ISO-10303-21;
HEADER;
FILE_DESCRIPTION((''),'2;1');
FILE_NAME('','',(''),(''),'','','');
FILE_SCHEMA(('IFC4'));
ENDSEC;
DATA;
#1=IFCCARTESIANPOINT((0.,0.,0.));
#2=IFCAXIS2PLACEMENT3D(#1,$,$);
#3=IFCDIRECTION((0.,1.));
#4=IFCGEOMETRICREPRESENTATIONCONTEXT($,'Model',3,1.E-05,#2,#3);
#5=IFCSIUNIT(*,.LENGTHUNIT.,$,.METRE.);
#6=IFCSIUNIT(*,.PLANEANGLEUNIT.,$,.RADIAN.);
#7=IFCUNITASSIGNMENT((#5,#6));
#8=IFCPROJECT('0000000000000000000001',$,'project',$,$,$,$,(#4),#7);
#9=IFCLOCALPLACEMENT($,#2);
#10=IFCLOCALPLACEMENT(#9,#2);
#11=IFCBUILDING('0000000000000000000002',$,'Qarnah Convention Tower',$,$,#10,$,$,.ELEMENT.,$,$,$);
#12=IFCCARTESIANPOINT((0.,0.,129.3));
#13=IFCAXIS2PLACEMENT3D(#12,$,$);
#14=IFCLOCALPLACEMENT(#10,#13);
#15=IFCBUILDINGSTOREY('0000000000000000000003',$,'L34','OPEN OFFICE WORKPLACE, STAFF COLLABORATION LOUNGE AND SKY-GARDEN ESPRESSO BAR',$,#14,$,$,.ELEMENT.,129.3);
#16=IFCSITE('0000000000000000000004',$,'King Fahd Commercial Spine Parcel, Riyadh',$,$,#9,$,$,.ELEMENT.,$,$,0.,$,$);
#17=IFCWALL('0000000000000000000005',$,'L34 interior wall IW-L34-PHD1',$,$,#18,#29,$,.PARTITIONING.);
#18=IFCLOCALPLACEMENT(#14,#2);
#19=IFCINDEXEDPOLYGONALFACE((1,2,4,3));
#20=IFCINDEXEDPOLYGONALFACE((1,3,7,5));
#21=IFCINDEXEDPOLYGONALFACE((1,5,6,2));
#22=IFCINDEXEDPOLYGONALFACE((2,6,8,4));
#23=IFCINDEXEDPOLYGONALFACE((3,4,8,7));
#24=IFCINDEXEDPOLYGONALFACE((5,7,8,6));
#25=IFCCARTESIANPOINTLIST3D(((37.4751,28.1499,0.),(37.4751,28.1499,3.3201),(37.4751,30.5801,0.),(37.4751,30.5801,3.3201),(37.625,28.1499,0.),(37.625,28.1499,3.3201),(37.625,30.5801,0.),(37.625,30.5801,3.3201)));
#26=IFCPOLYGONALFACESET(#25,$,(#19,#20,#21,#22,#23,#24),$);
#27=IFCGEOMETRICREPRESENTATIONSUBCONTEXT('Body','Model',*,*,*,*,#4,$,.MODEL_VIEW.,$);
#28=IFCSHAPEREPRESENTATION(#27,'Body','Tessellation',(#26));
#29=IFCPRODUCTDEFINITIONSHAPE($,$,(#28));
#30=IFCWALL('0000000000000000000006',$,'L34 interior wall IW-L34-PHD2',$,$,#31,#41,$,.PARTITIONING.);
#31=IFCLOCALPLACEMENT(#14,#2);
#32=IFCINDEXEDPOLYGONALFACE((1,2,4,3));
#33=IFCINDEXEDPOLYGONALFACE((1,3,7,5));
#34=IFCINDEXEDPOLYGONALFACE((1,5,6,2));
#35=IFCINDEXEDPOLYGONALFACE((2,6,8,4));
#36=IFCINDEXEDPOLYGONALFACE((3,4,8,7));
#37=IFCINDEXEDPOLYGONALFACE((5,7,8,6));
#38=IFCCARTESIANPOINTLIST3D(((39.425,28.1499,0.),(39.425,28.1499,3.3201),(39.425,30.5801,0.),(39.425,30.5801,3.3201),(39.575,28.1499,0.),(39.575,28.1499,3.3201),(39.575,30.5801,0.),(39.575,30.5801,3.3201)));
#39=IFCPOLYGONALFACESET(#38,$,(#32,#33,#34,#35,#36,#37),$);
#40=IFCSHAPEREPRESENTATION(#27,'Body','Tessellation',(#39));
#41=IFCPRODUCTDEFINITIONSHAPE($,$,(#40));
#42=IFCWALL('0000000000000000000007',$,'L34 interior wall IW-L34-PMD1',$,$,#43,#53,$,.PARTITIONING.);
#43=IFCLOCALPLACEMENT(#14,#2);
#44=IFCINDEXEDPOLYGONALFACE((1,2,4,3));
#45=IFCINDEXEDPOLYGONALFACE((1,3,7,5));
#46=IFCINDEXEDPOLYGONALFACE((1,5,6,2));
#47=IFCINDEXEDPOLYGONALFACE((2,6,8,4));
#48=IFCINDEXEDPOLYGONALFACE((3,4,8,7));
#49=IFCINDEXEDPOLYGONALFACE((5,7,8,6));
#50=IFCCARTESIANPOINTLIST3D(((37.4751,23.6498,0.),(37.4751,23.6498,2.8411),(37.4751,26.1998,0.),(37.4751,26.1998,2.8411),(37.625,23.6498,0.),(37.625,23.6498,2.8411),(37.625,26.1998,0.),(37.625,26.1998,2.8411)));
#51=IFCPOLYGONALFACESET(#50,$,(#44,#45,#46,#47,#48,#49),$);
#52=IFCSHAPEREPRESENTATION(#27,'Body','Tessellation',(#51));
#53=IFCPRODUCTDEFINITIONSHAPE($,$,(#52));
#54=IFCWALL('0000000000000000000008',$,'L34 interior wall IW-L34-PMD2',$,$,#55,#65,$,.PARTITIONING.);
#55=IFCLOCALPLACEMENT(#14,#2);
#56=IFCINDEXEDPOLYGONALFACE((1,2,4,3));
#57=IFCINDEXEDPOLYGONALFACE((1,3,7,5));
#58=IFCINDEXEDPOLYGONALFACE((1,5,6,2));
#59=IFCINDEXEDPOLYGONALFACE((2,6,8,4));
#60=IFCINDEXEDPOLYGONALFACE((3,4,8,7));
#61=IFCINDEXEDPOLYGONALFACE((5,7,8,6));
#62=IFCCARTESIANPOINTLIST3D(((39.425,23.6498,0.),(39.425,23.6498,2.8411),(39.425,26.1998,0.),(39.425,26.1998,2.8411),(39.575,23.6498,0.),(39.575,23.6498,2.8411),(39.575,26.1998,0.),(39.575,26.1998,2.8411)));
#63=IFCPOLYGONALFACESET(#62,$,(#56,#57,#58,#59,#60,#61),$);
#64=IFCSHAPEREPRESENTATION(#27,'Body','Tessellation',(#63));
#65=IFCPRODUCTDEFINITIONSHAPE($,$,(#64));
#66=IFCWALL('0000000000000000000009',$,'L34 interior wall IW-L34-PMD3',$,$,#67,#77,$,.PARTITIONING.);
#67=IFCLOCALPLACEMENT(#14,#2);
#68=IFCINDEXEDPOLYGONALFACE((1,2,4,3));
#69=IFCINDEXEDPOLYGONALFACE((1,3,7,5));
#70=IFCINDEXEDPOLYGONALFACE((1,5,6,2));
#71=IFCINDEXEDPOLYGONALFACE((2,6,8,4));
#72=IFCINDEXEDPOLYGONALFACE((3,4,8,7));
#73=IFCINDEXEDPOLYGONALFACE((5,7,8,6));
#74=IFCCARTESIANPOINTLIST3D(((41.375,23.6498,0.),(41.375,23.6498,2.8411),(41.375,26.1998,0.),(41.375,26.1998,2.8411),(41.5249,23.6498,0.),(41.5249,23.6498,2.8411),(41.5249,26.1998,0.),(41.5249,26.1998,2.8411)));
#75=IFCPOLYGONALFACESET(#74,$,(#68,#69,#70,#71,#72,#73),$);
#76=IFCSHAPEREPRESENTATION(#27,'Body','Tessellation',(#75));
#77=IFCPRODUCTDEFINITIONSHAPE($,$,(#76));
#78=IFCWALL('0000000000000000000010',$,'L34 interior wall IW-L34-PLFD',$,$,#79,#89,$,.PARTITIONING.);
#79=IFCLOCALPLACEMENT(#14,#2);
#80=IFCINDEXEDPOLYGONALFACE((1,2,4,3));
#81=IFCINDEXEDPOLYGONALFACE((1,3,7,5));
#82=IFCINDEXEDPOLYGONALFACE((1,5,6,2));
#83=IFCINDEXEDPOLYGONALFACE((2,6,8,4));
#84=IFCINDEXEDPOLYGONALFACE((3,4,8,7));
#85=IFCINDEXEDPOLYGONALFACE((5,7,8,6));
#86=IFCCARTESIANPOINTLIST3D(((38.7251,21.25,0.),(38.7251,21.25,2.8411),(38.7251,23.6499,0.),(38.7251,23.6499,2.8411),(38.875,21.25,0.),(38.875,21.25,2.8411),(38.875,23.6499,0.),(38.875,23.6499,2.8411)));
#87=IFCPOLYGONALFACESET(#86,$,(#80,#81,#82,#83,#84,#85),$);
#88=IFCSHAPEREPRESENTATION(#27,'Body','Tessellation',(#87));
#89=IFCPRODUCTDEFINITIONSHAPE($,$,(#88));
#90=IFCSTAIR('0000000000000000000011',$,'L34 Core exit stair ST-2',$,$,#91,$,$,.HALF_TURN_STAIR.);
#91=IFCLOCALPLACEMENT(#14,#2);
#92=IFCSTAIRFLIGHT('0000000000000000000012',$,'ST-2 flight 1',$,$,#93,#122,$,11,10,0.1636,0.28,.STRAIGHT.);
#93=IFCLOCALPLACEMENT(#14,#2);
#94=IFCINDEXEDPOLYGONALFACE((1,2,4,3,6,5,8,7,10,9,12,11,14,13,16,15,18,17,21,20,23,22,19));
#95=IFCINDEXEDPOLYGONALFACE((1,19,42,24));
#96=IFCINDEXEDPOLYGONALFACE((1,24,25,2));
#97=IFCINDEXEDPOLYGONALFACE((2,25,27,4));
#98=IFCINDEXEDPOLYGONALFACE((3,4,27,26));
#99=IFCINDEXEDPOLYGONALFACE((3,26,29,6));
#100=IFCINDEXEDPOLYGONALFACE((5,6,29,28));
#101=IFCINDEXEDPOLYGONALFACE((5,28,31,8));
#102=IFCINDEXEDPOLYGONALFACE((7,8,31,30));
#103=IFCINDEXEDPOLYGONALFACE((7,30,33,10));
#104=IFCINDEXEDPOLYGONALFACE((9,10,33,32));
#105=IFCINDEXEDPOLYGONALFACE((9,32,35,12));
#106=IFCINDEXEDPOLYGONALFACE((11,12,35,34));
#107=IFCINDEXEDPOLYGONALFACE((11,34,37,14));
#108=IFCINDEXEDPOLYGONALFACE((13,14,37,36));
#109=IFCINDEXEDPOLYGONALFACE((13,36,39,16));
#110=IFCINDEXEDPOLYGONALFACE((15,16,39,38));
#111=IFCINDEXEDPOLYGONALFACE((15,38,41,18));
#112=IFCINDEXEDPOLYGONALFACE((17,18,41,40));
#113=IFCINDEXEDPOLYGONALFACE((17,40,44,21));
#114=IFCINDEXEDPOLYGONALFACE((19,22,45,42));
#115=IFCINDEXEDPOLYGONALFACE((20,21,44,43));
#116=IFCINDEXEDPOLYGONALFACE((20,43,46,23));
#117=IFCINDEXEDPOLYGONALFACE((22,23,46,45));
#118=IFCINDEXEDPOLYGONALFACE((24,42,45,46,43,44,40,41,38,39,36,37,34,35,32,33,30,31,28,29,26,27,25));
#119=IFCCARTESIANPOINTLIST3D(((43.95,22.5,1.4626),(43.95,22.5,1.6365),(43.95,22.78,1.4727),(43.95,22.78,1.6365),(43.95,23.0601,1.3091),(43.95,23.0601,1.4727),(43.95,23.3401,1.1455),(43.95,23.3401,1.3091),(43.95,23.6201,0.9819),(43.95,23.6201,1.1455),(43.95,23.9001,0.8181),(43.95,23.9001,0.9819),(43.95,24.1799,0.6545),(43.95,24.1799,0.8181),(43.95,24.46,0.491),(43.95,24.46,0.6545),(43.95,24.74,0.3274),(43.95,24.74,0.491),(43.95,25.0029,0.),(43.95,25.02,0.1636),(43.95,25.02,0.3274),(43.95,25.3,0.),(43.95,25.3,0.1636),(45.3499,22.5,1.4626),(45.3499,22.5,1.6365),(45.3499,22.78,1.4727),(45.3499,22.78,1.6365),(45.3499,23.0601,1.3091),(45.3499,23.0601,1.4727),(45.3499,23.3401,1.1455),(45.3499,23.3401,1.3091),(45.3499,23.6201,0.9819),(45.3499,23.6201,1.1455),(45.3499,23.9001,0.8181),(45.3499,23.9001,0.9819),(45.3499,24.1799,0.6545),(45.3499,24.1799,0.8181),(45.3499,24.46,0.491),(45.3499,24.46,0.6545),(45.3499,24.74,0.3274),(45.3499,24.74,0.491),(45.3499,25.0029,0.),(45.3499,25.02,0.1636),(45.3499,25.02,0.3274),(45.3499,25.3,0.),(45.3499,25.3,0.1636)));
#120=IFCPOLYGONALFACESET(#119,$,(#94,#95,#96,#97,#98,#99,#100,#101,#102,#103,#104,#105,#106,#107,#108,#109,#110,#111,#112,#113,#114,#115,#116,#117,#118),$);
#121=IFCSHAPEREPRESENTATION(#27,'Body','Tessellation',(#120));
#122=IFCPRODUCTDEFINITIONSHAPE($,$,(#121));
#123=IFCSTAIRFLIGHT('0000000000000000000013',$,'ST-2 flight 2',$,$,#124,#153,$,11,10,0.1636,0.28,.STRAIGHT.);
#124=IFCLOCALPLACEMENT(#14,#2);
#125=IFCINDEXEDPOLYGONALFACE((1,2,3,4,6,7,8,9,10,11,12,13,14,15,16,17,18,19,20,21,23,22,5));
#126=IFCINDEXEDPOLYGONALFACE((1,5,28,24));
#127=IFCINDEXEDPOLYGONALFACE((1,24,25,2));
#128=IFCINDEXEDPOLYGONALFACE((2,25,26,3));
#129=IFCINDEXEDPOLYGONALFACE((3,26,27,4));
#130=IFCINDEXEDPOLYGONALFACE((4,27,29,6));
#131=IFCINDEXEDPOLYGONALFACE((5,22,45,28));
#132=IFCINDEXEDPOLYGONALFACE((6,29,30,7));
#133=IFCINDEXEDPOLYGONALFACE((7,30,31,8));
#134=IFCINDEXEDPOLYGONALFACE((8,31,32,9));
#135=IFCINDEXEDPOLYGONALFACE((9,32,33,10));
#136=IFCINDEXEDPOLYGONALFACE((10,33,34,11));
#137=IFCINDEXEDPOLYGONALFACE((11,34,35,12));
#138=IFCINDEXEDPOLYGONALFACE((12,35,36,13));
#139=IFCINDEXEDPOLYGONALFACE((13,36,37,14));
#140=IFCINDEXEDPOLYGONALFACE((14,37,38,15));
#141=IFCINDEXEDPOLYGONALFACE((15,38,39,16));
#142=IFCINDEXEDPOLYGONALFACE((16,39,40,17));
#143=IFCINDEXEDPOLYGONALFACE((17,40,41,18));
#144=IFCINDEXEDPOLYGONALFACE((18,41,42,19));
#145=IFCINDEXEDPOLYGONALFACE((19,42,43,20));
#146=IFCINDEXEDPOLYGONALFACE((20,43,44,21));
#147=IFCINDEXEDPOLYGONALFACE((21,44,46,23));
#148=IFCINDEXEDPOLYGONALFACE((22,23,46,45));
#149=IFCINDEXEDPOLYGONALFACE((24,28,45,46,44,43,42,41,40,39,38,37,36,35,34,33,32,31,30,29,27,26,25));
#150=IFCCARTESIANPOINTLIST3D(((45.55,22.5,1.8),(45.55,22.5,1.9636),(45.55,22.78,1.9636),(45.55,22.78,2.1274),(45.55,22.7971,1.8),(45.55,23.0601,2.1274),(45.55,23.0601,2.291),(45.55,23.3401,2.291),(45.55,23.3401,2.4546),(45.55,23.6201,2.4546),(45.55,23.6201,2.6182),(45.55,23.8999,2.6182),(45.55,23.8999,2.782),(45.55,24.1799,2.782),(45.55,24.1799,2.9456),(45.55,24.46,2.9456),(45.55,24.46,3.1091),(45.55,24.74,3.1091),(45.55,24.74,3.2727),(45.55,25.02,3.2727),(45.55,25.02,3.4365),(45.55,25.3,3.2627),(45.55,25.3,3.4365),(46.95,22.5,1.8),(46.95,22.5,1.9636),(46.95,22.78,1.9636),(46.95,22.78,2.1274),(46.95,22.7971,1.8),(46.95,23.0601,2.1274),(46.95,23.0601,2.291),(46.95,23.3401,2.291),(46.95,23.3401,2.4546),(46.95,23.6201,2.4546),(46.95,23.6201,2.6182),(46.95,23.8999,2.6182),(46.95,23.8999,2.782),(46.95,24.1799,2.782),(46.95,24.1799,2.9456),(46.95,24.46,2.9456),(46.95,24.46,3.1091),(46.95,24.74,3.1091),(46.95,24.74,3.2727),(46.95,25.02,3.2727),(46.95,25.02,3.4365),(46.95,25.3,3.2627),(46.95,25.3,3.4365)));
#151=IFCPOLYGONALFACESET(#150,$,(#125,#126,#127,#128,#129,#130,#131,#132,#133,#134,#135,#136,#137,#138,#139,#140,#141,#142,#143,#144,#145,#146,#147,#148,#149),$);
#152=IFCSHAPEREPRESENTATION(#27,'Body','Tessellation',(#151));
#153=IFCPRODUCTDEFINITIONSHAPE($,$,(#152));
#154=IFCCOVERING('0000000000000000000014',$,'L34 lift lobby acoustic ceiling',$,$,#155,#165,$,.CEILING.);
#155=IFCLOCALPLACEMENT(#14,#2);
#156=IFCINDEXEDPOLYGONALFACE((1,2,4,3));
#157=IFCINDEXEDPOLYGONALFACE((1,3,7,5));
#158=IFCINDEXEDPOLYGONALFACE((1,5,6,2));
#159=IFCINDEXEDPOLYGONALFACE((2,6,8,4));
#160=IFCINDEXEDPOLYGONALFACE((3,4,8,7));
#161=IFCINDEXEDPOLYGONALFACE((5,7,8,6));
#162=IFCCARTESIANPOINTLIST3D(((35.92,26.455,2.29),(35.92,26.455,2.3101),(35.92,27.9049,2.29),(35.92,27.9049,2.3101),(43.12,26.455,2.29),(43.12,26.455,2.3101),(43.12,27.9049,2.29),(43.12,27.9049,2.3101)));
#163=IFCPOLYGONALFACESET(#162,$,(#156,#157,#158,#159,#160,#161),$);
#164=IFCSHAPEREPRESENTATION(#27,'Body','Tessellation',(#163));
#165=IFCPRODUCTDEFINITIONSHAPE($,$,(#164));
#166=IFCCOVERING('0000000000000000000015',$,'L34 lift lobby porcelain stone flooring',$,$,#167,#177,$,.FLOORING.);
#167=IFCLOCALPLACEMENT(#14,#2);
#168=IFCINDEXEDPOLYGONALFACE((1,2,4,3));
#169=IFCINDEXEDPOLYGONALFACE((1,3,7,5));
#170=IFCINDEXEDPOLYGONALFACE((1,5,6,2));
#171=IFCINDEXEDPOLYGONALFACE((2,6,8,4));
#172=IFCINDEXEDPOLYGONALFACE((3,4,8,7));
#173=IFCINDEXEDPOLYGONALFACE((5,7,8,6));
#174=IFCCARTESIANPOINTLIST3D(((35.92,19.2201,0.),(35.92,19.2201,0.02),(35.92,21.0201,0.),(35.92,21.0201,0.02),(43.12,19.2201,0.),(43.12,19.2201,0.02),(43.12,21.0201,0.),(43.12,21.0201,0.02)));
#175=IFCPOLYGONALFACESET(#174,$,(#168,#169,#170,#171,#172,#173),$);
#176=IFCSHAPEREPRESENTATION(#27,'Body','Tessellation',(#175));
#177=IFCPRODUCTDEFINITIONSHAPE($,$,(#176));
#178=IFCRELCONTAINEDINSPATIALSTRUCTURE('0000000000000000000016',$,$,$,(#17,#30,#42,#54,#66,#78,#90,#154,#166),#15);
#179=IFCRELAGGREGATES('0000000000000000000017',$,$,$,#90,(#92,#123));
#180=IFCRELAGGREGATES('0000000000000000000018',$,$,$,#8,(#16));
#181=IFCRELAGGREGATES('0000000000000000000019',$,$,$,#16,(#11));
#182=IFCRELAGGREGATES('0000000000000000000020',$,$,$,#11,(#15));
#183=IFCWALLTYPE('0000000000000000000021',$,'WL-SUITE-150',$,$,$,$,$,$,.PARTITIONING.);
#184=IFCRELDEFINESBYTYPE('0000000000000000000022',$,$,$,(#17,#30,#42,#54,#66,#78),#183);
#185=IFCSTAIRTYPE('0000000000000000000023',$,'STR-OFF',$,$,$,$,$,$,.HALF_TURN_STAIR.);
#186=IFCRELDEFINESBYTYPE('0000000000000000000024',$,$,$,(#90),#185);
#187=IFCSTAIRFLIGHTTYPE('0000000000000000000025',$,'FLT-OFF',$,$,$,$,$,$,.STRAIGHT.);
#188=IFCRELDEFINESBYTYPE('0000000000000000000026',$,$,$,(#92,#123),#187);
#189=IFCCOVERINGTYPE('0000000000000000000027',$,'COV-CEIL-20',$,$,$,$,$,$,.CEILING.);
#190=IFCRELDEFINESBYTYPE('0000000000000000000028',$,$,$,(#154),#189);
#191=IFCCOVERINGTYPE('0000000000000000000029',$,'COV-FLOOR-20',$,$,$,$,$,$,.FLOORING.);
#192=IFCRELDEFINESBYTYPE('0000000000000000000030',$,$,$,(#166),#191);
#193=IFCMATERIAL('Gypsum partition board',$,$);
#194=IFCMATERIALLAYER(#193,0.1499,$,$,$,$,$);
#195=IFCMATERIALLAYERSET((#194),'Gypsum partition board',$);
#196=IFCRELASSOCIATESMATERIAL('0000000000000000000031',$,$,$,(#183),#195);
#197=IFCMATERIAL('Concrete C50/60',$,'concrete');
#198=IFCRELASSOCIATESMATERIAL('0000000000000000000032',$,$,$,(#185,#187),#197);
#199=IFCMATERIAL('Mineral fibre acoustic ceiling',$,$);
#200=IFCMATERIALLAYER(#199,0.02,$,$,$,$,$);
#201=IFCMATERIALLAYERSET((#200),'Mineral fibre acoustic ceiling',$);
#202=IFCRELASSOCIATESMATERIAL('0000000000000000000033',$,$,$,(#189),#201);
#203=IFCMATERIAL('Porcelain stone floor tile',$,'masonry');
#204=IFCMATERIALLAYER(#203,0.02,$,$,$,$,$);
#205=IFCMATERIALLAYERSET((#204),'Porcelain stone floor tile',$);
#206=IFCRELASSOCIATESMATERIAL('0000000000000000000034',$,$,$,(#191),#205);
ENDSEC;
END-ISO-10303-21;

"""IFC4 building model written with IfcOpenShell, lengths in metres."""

from ifc_helpers import new_model, si_unit, direction, frame, frame_2d, origin, origin_2d, place, context, subcontext, project, spatial, polyline, rectangle, outline, extrude, material, layer, layer_set, type_object, element, aggregate, save


model = new_model("IFC4")

# Units and contexts
model_context = context("Model", 3, precision=1e-05, world=origin(), true_north=direction((0.0, 1.0)))
body_context = subcontext(model_context, "Body", "Model", "MODEL_VIEW")
ifc_project = project(units=[si_unit("LENGTHUNIT", "METRE"), si_unit("PLANEANGLEUNIT", "RADIAN")], contexts=[model_context])

# Site, building, storey
site_placement = place(None, origin())
site = spatial("IfcSite", under=ifc_project, at=site_placement, Name="King Fahd Commercial Spine Parcel, Riyadh", CompositionType="ELEMENT", RefElevation=0.0)
building_placement = place(site_placement, origin())
building = spatial("IfcBuilding", under=site, at=building_placement, Name="Qarnah Convention Tower", CompositionType="ELEMENT")
storey_placement = place(building_placement, frame((0.0, 0.0, 129.3)))
storey = spatial("IfcBuildingStorey", under=building, at=storey_placement, Name="L34", Description="OPEN OFFICE WORKPLACE, STAFF COLLABORATION LOUNGE AND SKY-GARDEN ESPRESSO BAR", CompositionType="ELEMENT", Elevation=129.3)

# Walls
ifc_material_1 = material(Name="Gypsum partition board")
ifc_layer_1 = layer(ifc_material_1, 0.1499)
ifc_layer_set_1 = layer_set([ifc_layer_1], Name="Gypsum partition board")
wall_type_1 = type_object("IfcWallType", Name="WL-SUITE-150", PredefinedType="PARTITIONING", material=ifc_layer_set_1)
for number, where, z_axis, x_axis, name in (
    (1, (37.55, 28.1499, 0.0), (0.0, 0.0, 1.0), (0.0, 1.0, 0.0), "L34 interior wall IW-L34-PHD1"),
    (2, (39.5, 28.1499, 0.0), (0.0, 0.0, 1.0), (0.0, 1.0, 0.0), "L34 interior wall IW-L34-PHD2"),
):
    element("IfcWall", number, at=place(storey_placement, frame(where, z_axis=z_axis, x_axis=x_axis)), inside=storey, type_object=wall_type_1, Name=name, PredefinedType="PARTITIONING", context=body_context, shape_type="SweptSolid", body=[
        extrude(rectangle(XDim=2.4302, YDim=0.1499, at=frame_2d((1.2151, 0.0))), origin(), (0.0, 0.0, 1.0), 3.3201),
    ])
for number, where, z_axis, x_axis, name in (
    (3, (37.55, 23.6499, 0.0), (0.0, 0.0, 1.0), (0.0, 1.0, 0.0), "L34 interior wall IW-L34-PMD1"),
    (4, (39.5, 23.6499, 0.0), (0.0, 0.0, 1.0), (0.0, 1.0, 0.0), "L34 interior wall IW-L34-PMD2"),
    (5, (41.45, 23.6499, 0.0), (0.0, 0.0, 1.0), (0.0, 1.0, 0.0), "L34 interior wall IW-L34-PMD3"),
):
    element("IfcWall", number, at=place(storey_placement, frame(where, z_axis=z_axis, x_axis=x_axis)), inside=storey, type_object=wall_type_1, Name=name, PredefinedType="PARTITIONING", context=body_context, shape_type="SweptSolid", body=[
        extrude(rectangle(XDim=2.55, YDim=0.1499, at=frame_2d((1.2749, 0.0))), origin(), (0.0, 0.0, 1.0), 2.8411),
    ])
wall_1_placement = place(storey_placement, frame((38.8, 21.25, 0.0), z_axis=(0.0, 0.0, 1.0), x_axis=(0.0, 1.0, 0.0)))
element("IfcWall", 6, at=wall_1_placement, inside=storey, type_object=wall_type_1, Name="L34 interior wall IW-L34-PLFD", PredefinedType="PARTITIONING", context=body_context, shape_type="SweptSolid", body=[
    extrude(rectangle(XDim=2.3999, YDim=0.1499, at=frame_2d((1.2, 0.0))), origin(), (0.0, 0.0, 1.0), 2.8411),
])

# Stair, stair flights
ifc_material_2 = material(Name="Concrete C50/60", Category="concrete")
stair_type = type_object("IfcStairType", Name="STR-OFF", PredefinedType="HALF_TURN_STAIR", material=ifc_material_2)
stair_placement = place(storey_placement, origin())
stair = element("IfcStair", 7, at=stair_placement, inside=storey, type_object=stair_type, Name="L34 Core exit stair ST-2", PredefinedType="HALF_TURN_STAIR")
stair_flight_type = type_object("IfcStairFlightType", Name="FLT-OFF", PredefinedType="STRAIGHT", material=ifc_material_2)
stair_flight_1_placement = place(storey_placement, frame((44.6499, 25.3, 0.0), z_axis=(0.0, 0.0, 1.0), x_axis=(0.0, -1.0, 0.0)))
stair_flight_1 = element("IfcStairFlight", 8, at=stair_flight_1_placement, type_object=stair_flight_type, Name="ST-2 flight 1", NumberOfRisers=11, NumberOfTreads=10, PredefinedType="STRAIGHT", RiserHeight=0.1636, TreadLength=0.28, context=body_context, shape_type="SweptSolid", body=[
    extrude(outline(polyline([(0.0, 0.0), (0.0, 0.1636), (0.28, 0.1636), (0.28, 0.3274), (0.5601, 0.3274), (0.5601, 0.491), (0.8401, 0.491), (0.8401, 0.6545), (1.1201, 0.6545), (1.1201, 0.8181), (1.3999, 0.8181), (1.3999, 0.9819), (1.6799, 0.9819), (1.6799, 1.1455), (1.96, 1.1455), (1.96, 1.3091), (2.24, 1.3091), (2.24, 1.4727), (2.52, 1.4727), (2.52, 1.6365), (2.8, 1.6365), (2.8, 1.8), (2.8, 1.4626), (0.2971, 0.0), (0.0, 0.0)])), frame((0.0, 0.7, 0.0), z_axis=(0.0, -1.0, 0.0), x_axis=(1.0, 0.0, 0.0)), (0.0, 0.0, 1.0), 1.3999),
])
stair_flight_2_placement = place(storey_placement, frame((46.25, 22.5, 1.8), z_axis=(0.0, 0.0, 1.0), x_axis=(0.0, 1.0, 0.0)))
stair_flight_2 = element("IfcStairFlight", 9, at=stair_flight_2_placement, type_object=stair_flight_type, Name="ST-2 flight 2", NumberOfRisers=11, NumberOfTreads=10, PredefinedType="STRAIGHT", RiserHeight=0.1636, TreadLength=0.28, context=body_context, shape_type="SweptSolid", body=[
    extrude(outline(polyline([(0.0, 0.0), (0.0, 0.1636), (0.28, 0.1636), (0.28, 0.3274), (0.5601, 0.3274), (0.5601, 0.491), (0.8401, 0.491), (0.8401, 0.6545), (1.1201, 0.6545), (1.1201, 0.8181), (1.3999, 0.8181), (1.3999, 0.9819), (1.6799, 0.9819), (1.6799, 1.1455), (1.96, 1.1455), (1.96, 1.3091), (2.24, 1.3091), (2.24, 1.4727), (2.52, 1.4727), (2.52, 1.6365), (2.8, 1.6365), (2.8, 1.8), (2.8, 1.4626), (0.2971, 0.0), (0.0, 0.0)])), frame((0.0, 0.7, 0.0), z_axis=(0.0, -1.0, 0.0), x_axis=(1.0, 0.0, 0.0)), (0.0, 0.0, 1.0), 1.3999),
])
aggregate(stair, [stair_flight_1, stair_flight_2])

# Coverings
ifc_material_3 = material(Name="Mineral fibre acoustic ceiling")
ifc_layer_2 = layer(ifc_material_3, 0.02)
ifc_layer_set_2 = layer_set([ifc_layer_2], Name="Mineral fibre acoustic ceiling")
covering_type_1 = type_object("IfcCoveringType", Name="COV-CEIL-20", PredefinedType="CEILING", material=ifc_layer_set_2)
covering_1_placement = place(storey_placement, frame((39.52, 27.1799, 2.29), z_axis=(0.0, 0.0, 1.0), x_axis=(1.0, 0.0, 0.0)))
element("IfcCovering", 10, at=covering_1_placement, inside=storey, type_object=covering_type_1, Name="L34 lift lobby acoustic ceiling", PredefinedType="CEILING", context=body_context, shape_type="SweptSolid", body=[
    extrude(rectangle(XDim=7.2, YDim=1.45, at=origin_2d()), origin(), (0.0, 0.0, 1.0), 0.02),
])
ifc_material_4 = material(Name="Porcelain stone floor tile", Category="masonry")
ifc_layer_3 = layer(ifc_material_4, 0.02)
ifc_layer_set_3 = layer_set([ifc_layer_3], Name="Porcelain stone floor tile")
covering_type_2 = type_object("IfcCoveringType", Name="COV-FLOOR-20", PredefinedType="FLOORING", material=ifc_layer_set_3)
covering_2_placement = place(storey_placement, frame((39.52, 20.1201, 0.0), z_axis=(0.0, 0.0, 1.0), x_axis=(1.0, 0.0, 0.0)))
element("IfcCovering", 11, at=covering_2_placement, inside=storey, type_object=covering_type_2, Name="L34 lift lobby porcelain stone flooring", PredefinedType="FLOORING", context=body_context, shape_type="SweptSolid", body=[
    extrude(rectangle(XDim=7.2, YDim=1.8, at=origin_2d()), origin(), (0.0, 0.0, 1.0), 0.02),
])

save(model, "model.ifc")
